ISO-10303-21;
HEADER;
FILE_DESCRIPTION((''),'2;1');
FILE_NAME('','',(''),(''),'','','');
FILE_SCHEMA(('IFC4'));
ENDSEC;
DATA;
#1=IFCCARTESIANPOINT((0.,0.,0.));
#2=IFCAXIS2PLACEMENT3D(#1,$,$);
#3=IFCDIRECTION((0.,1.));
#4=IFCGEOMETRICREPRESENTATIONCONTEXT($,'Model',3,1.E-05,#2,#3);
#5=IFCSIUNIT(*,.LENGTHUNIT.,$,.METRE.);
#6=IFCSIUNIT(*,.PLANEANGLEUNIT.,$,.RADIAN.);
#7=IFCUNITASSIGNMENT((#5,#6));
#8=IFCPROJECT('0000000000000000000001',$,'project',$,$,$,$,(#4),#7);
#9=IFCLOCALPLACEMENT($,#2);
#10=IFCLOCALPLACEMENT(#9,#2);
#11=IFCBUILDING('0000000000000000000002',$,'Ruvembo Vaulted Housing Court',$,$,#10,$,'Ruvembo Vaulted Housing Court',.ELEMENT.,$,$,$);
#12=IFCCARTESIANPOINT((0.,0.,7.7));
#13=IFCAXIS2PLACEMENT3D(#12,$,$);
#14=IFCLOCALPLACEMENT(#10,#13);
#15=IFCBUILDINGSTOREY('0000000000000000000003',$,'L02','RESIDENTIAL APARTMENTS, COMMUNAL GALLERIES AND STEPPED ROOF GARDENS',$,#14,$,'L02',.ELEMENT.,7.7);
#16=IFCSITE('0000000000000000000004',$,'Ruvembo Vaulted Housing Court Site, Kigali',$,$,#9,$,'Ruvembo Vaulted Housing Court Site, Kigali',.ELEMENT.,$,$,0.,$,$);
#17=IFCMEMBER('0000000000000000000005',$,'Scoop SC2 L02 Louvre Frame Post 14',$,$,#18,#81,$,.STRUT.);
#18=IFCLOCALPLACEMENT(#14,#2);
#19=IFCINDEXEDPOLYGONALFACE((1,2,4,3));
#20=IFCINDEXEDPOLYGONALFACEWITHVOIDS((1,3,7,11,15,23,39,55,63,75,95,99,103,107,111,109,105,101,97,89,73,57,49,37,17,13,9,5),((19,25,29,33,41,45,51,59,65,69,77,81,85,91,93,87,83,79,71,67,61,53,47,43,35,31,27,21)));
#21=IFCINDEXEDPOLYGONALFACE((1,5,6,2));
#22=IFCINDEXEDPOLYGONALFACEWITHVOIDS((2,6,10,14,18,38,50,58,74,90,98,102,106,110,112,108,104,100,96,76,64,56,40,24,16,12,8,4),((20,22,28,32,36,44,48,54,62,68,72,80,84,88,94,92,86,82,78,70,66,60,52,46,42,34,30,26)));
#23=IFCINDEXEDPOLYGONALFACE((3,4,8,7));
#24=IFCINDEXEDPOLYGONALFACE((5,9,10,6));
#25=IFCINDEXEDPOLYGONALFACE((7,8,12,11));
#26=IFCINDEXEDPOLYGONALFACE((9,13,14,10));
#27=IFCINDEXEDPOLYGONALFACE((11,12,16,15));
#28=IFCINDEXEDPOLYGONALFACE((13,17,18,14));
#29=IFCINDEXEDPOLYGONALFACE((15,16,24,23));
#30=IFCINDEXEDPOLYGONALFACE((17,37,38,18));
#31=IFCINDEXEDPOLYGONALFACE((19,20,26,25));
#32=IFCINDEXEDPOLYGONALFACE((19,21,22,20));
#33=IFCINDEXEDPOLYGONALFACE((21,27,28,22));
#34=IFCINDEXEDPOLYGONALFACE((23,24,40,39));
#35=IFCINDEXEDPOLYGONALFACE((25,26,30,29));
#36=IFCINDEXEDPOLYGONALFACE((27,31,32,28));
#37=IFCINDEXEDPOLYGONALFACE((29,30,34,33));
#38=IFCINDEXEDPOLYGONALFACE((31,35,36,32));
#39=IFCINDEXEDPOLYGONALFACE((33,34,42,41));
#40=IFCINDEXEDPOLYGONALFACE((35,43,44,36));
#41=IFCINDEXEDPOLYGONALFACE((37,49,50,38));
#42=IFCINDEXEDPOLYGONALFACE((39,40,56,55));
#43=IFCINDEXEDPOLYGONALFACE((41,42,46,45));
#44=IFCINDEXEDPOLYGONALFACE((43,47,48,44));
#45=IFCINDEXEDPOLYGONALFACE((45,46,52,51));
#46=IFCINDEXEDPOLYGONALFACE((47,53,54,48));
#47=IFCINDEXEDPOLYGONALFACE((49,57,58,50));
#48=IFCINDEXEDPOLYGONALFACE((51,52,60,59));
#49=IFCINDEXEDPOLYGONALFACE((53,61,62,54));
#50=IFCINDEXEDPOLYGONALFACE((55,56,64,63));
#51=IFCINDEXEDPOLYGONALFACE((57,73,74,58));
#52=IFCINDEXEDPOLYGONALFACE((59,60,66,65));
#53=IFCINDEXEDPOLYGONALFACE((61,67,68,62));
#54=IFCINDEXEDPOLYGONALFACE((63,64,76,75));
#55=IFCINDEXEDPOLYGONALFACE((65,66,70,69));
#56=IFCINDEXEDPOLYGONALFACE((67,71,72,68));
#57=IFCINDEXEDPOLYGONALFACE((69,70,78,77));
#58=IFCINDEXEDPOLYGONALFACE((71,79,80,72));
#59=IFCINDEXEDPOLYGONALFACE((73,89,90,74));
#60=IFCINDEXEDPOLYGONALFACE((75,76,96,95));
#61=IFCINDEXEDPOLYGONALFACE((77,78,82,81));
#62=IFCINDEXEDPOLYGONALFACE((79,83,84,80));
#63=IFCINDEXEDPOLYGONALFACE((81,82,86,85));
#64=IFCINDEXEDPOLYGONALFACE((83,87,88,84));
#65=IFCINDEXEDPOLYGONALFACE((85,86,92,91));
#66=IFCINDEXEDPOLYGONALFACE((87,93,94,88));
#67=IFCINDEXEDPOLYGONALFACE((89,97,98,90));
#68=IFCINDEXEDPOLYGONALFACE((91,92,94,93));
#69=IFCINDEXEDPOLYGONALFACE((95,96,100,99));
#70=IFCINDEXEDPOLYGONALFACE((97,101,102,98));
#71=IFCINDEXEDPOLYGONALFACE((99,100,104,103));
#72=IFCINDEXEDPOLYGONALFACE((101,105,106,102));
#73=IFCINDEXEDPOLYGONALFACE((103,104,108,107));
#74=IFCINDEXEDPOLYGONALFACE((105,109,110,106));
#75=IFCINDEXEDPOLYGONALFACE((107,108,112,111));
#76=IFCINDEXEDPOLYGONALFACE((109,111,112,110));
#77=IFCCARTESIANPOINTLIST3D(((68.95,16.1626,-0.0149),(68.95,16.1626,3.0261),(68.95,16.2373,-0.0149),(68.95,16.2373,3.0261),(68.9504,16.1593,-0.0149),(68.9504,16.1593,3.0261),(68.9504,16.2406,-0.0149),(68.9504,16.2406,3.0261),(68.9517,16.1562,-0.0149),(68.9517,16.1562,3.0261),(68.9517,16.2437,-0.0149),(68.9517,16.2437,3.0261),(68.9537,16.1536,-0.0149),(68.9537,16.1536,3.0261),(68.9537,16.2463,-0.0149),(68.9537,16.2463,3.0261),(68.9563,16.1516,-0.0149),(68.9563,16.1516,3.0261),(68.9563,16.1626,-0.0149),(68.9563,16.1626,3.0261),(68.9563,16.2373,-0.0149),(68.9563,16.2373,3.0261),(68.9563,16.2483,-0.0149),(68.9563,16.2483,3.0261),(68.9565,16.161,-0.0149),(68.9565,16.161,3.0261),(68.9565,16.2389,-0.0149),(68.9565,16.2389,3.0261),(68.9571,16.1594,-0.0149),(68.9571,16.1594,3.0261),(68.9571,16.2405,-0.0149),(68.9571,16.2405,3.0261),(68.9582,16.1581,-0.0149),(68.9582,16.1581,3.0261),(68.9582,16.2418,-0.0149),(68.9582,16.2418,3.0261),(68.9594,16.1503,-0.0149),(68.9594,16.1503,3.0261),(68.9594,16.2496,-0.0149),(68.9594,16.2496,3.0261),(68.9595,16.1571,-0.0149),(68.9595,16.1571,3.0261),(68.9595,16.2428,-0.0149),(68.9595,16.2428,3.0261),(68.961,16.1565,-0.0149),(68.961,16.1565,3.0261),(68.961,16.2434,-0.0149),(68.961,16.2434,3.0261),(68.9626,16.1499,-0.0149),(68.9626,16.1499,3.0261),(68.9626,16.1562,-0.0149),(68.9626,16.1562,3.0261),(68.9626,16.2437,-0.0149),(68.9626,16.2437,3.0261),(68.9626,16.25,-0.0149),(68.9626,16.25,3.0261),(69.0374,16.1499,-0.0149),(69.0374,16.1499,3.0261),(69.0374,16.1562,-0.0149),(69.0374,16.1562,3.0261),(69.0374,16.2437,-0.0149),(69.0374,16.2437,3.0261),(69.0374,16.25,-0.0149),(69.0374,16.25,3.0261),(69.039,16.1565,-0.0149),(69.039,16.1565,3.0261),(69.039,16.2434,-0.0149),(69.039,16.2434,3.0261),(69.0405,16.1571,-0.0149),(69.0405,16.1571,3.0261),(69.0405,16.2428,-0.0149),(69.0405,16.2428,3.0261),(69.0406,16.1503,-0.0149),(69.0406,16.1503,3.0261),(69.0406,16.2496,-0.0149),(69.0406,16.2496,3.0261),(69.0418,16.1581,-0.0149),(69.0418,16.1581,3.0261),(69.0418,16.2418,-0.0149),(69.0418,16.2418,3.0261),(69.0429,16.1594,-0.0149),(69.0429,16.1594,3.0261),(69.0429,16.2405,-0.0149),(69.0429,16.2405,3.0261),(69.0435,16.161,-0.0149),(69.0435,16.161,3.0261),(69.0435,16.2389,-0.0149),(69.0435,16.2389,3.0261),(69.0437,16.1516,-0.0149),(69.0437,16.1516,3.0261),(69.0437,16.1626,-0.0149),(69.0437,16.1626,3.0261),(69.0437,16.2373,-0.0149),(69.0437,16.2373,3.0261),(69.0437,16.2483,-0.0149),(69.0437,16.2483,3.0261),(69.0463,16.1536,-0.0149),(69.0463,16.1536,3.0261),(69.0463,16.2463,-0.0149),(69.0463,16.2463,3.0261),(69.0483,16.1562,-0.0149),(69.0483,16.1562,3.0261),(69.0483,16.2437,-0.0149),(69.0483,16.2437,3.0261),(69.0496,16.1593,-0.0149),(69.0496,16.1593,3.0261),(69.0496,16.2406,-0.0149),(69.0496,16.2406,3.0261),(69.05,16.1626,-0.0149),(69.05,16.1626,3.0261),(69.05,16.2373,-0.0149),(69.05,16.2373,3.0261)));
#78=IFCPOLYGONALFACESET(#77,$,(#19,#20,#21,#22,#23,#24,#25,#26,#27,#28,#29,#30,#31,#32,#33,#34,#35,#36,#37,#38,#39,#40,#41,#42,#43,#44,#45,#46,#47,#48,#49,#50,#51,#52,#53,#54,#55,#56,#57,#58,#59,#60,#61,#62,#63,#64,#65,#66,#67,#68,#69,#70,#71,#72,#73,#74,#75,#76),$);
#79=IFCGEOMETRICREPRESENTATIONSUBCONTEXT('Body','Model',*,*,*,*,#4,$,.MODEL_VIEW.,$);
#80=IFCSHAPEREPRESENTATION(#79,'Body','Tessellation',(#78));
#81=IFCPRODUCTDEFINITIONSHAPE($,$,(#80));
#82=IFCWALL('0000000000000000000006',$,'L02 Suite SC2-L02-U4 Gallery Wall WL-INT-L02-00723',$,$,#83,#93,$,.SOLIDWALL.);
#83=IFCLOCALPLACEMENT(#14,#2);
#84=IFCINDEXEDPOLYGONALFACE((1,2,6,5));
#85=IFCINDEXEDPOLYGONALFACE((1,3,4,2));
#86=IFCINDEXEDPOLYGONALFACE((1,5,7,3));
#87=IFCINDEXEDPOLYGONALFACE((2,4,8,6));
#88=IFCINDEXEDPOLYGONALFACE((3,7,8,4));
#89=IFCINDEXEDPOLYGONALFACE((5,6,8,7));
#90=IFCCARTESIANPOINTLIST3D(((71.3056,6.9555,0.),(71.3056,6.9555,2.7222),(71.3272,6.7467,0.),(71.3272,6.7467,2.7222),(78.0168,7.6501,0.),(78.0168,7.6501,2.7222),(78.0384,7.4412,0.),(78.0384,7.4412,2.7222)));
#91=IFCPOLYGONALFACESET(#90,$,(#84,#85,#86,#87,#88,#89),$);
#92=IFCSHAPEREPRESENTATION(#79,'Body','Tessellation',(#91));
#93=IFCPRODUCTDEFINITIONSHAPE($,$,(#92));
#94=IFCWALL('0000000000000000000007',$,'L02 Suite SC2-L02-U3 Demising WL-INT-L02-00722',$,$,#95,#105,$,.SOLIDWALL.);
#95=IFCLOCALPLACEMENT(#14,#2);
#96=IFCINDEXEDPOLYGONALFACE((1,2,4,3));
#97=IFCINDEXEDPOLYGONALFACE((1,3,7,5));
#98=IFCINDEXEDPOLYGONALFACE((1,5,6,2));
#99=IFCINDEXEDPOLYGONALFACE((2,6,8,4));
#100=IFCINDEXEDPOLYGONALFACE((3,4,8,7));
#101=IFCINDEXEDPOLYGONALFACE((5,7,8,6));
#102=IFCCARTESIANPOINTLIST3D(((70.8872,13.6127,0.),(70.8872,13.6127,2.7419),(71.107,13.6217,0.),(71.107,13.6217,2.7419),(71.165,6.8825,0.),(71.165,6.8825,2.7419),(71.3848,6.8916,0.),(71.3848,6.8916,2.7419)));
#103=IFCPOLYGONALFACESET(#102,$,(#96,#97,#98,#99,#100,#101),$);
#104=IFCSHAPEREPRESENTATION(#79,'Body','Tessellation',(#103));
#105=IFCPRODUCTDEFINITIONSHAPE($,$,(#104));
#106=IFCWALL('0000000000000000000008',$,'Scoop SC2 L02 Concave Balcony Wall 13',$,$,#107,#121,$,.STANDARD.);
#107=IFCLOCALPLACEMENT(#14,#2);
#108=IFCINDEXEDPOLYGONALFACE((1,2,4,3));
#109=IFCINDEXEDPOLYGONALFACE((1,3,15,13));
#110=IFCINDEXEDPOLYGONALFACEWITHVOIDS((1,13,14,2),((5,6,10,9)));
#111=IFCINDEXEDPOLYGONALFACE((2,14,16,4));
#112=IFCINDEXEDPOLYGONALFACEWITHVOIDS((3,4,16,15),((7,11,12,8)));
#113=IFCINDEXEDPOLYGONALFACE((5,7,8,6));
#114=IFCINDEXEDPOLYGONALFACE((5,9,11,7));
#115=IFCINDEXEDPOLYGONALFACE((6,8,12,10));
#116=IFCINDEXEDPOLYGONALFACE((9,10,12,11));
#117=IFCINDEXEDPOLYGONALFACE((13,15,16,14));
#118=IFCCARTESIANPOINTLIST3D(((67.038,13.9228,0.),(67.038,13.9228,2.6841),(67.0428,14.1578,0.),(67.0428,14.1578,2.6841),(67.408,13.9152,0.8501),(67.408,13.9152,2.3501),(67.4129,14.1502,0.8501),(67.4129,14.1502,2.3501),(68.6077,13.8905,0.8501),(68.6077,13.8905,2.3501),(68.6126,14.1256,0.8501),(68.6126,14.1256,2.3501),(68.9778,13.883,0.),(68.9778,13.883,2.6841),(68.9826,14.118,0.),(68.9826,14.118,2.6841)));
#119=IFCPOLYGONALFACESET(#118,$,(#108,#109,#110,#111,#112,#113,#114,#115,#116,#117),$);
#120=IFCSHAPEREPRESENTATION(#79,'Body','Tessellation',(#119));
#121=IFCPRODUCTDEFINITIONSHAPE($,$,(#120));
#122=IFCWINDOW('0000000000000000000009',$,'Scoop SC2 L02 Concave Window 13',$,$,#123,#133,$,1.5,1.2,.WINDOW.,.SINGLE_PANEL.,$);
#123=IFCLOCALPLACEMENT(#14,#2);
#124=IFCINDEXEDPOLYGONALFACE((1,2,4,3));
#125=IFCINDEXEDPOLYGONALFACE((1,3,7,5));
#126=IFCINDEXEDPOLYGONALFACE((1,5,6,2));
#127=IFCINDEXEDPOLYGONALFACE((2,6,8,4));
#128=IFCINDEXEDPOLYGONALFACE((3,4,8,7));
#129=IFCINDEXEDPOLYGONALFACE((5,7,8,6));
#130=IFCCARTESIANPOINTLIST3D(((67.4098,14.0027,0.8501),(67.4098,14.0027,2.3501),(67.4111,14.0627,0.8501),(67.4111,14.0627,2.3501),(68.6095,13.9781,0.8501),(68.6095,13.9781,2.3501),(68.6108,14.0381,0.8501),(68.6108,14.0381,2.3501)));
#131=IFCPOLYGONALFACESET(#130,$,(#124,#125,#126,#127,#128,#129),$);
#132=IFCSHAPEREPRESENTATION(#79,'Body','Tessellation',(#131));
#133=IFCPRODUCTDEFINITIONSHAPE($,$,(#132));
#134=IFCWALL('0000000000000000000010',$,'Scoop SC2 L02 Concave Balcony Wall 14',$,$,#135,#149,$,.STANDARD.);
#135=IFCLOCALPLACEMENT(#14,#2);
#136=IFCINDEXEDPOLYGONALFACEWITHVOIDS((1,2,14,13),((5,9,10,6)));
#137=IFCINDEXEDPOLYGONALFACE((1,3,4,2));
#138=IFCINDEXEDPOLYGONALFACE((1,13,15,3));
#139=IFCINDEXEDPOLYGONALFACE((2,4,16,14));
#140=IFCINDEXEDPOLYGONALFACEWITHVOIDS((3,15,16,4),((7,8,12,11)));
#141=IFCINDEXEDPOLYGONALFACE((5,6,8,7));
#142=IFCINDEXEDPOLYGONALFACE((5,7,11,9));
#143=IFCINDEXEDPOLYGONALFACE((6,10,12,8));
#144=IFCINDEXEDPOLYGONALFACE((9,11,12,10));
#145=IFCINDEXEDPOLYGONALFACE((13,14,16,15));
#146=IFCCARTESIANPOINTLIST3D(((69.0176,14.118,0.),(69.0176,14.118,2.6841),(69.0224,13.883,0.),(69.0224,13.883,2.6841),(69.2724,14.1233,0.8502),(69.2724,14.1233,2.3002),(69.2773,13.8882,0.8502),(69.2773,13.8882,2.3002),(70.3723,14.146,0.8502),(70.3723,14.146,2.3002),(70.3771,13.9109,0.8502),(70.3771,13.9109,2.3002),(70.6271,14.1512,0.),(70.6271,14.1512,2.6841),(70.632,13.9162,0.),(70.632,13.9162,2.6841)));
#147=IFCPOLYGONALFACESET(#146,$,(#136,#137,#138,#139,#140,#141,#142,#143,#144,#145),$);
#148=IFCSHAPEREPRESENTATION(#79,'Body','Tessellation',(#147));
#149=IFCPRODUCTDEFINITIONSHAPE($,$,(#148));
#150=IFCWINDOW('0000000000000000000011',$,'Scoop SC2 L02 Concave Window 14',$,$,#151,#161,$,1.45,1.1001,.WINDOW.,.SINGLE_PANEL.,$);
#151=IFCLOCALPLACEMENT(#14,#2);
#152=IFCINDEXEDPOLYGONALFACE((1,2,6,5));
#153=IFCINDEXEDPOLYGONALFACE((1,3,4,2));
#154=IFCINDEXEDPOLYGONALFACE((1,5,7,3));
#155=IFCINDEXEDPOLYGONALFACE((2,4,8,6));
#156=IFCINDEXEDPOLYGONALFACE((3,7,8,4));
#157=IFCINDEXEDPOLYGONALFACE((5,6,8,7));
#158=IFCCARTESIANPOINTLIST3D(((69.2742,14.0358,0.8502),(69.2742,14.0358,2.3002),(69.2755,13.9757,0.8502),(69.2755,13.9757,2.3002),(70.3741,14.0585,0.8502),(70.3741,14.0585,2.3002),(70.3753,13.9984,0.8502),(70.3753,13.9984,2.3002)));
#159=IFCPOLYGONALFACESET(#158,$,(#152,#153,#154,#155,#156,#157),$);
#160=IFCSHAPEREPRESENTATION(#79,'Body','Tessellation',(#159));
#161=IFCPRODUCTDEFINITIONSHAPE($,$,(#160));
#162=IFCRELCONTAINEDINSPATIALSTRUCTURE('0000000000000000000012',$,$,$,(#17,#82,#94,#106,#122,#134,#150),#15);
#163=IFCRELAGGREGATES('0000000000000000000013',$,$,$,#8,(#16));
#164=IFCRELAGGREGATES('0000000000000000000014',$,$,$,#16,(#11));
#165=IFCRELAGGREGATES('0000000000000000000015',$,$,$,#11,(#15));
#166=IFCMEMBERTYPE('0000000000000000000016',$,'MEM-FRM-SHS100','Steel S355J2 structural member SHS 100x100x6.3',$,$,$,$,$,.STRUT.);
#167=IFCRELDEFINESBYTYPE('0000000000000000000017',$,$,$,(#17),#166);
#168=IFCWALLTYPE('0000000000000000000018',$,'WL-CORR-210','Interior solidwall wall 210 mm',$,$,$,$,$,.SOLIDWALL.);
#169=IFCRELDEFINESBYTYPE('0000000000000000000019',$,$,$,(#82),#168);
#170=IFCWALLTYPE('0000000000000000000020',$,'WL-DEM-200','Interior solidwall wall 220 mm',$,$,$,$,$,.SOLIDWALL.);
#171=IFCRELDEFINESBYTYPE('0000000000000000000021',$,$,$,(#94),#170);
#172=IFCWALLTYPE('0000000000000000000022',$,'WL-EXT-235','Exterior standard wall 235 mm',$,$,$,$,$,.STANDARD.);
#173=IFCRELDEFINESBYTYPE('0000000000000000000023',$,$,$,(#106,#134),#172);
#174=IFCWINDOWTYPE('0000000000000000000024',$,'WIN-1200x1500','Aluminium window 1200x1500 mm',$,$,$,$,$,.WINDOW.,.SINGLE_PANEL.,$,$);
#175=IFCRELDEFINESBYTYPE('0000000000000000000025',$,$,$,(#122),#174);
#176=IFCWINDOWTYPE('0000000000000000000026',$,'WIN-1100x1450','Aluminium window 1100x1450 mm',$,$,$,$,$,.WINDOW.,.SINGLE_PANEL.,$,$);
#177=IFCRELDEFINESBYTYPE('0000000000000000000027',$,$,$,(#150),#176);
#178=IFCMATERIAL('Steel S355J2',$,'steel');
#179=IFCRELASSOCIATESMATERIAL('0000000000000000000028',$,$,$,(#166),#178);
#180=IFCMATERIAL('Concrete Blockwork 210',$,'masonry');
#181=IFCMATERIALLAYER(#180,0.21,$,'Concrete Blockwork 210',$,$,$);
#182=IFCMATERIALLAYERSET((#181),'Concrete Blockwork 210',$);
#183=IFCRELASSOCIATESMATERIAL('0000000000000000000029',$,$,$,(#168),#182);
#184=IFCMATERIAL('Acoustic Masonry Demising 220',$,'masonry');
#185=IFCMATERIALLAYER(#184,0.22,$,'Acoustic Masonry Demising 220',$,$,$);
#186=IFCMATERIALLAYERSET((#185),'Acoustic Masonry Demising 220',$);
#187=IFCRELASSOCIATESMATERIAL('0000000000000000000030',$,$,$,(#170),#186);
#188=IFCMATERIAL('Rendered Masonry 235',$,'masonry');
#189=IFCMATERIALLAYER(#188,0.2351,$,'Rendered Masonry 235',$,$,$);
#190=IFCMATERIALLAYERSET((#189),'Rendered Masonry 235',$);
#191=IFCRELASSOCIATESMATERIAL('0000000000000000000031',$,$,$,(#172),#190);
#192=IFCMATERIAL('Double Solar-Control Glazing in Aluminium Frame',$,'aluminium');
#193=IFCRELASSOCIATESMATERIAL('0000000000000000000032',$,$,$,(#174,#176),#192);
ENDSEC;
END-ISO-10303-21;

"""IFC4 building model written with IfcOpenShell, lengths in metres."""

from ifc_helpers import new_model, si_unit, direction, frame, frame_2d, origin, origin_2d, place, context, subcontext, project, spatial, rectangle, hollow_rectangle, extrude, material, layer, layer_set, material_profile, profile_set, type_object, element, fill, save


model = new_model("IFC4")

# Units and contexts
model_context = context("Model", 3, precision=1e-05, world=origin(), true_north=direction((0.0, 1.0)))
body_context = subcontext(model_context, "Body", "Model", "MODEL_VIEW")
ifc_project = project(units=[si_unit("LENGTHUNIT", "METRE"), si_unit("PLANEANGLEUNIT", "RADIAN")], contexts=[model_context])

# Site, building, storey
site_placement = place(None, origin())
site = spatial("IfcSite", under=ifc_project, at=site_placement, Name="Ruvembo Vaulted Housing Court Site, Kigali", LongName="Ruvembo Vaulted Housing Court Site, Kigali", CompositionType="ELEMENT", RefElevation=0.0)
building_placement = place(site_placement, origin())
building = spatial("IfcBuilding", under=site, at=building_placement, Name="Ruvembo Vaulted Housing Court", LongName="Ruvembo Vaulted Housing Court", CompositionType="ELEMENT")
storey_placement = place(building_placement, frame((0.0, 0.0, 7.7)))
storey = spatial("IfcBuildingStorey", under=building, at=storey_placement, Name="L02", Description="RESIDENTIAL APARTMENTS, COMMUNAL GALLERIES AND STEPPED ROOF GARDENS", LongName="L02", CompositionType="ELEMENT", Elevation=7.7)

# Shared definitions
ifc_material_1 = material(Name="Steel S355J2", Category="steel")

# Member
ifc_material_profile_1 = material_profile(ifc_material_1, hollow_rectangle(XDim=0.1001, YDim=0.1001, WallThickness=0.0063, InnerFilletRadius=0.0063, OuterFilletRadius=0.0127, at=origin_2d()), Name="SHS 100x100x6.3")
ifc_profile_set_1 = profile_set([ifc_material_profile_1], Name="Steel S355J2")
member_type_1 = type_object("IfcMemberType", Name="MEM-FRM-SHS100", Description="Steel S355J2 structural member SHS 100x100x6.3", PredefinedType="STRUT", material=ifc_profile_set_1)
member_1_placement = place(storey_placement, frame((69.0, 16.2, -0.0149), z_axis=(0.0, 0.0, 1.0), x_axis=(1.0, 0.0, 0.0)))
element("IfcMember", 1, at=member_1_placement, inside=storey, type_object=member_type_1, Name="Scoop SC2 L02 Louvre Frame Post 14", PredefinedType="STRUT", context=body_context, shape_type="SweptSolid", body=[
    extrude(hollow_rectangle(XDim=0.1001, YDim=0.1001, WallThickness=0.0063, InnerFilletRadius=0.0063, OuterFilletRadius=0.0127, at=origin_2d()), origin(), (0.0, 0.0, 1.0), 3.041),
])

# Shared definitions
ifc_material_2 = material(Name="Concrete Blockwork 210", Category="masonry")
ifc_layer_1 = layer(ifc_material_2, 0.21, Name="Concrete Blockwork 210")
ifc_layer_set_1 = layer_set([ifc_layer_1], Name="Concrete Blockwork 210")
wall_type_1 = type_object("IfcWallType", Name="WL-CORR-210", Description="Interior solidwall wall 210 mm", PredefinedType="SOLIDWALL", material=ifc_layer_set_1)

# Walls
wall_1_placement = place(storey_placement, frame((71.3164, 6.8511, 0.0), z_axis=(0.0, 0.0, 1.0), x_axis=(0.994687, 0.102946, 0.0)))
element("IfcWall", 2, at=wall_1_placement, inside=storey, type_object=wall_type_1, Name="L02 Suite SC2-L02-U4 Gallery Wall WL-INT-L02-00723", PredefinedType="SOLIDWALL", context=body_context, shape_type="SweptSolid", body=[
    extrude(rectangle(XDim=6.7471, YDim=0.21, at=frame_2d((3.3735, 0.0))), origin(), (0.0, 0.0, 1.0), 2.7222),
])
ifc_material_3 = material(Name="Acoustic Masonry Demising 220", Category="masonry")
ifc_layer_2 = layer(ifc_material_3, 0.22, Name="Acoustic Masonry Demising 220")
ifc_layer_set_2 = layer_set([ifc_layer_2], Name="Acoustic Masonry Demising 220")
wall_type_2 = type_object("IfcWallType", Name="WL-DEM-200", Description="Interior solidwall wall 220 mm", PredefinedType="SOLIDWALL", material=ifc_layer_set_2)
wall_2_placement = place(storey_placement, frame((70.9971, 13.6172, 0.0), z_axis=(0.0, 0.0, 1.0), x_axis=(0.041246, -0.999149, 0.0)))
element("IfcWall", 3, at=wall_2_placement, inside=storey, type_object=wall_type_2, Name="L02 Suite SC2-L02-U3 Demising WL-INT-L02-00722", PredefinedType="SOLIDWALL", context=body_context, shape_type="SweptSolid", body=[
    extrude(rectangle(XDim=6.7358, YDim=0.22, at=frame_2d((3.3679, 0.0))), origin(), (0.0, 0.0, 1.0), 2.7419),
])

# Walls, openings, windows
ifc_material_4 = material(Name="Rendered Masonry 235", Category="masonry")
ifc_layer_3 = layer(ifc_material_4, 0.2351, Name="Rendered Masonry 235")
ifc_layer_set_3 = layer_set([ifc_layer_3], Name="Rendered Masonry 235")
wall_type_3 = type_object("IfcWallType", Name="WL-EXT-235", Description="Exterior standard wall 235 mm", PredefinedType="STANDARD", material=ifc_layer_set_3)
wall_3_placement = place(storey_placement, frame((67.0403, 14.0403, 0.0), z_axis=(0.0, 0.0, 1.0), x_axis=(0.99979, -0.020512, 0.0)))
wall_3 = element("IfcWall", 4, at=wall_3_placement, inside=storey, type_object=wall_type_3, Name="Scoop SC2 L02 Concave Balcony Wall 13", PredefinedType="STANDARD", context=body_context, shape_type="SweptSolid", body=[
    extrude(rectangle(XDim=1.9402, YDim=0.2351, at=frame_2d((0.9702, 0.0))), origin(), (0.0, 0.0, 1.0), 2.6841),
])
opening_1_placement = place(wall_3_placement, frame((0.3701, 0.0, 0.8501)))
opening_1 = element("IfcOpeningElement", 5, at=opening_1_placement, cuts=wall_3, PredefinedType="OPENING", context=body_context, shape_type="SweptSolid", body=[
    extrude(rectangle(XDim=1.2, YDim=1.5, at=frame_2d((0.6001, 0.75))), frame((0.0, 0.1274, 0.0), z_axis=(0.0, -1.0, 0.0), x_axis=(1.0, 0.0, 0.0)), (0.0, 0.0, 1.0), 0.2551),
])
ifc_material_5 = material(Name="Double Solar-Control Glazing in Aluminium Frame", Category="aluminium")
window_type_1 = type_object("IfcWindowType", Name="WIN-1200x1500", Description="Aluminium window 1200x1500 mm", PartitioningType="SINGLE_PANEL", PredefinedType="WINDOW", material=ifc_material_5)
window_1_placement = place(opening_1_placement, origin())
window_1 = element("IfcWindow", 6, at=window_1_placement, inside=storey, type_object=window_type_1, Name="Scoop SC2 L02 Concave Window 13", OverallHeight=1.5, OverallWidth=1.2, PartitioningType="SINGLE_PANEL", PredefinedType="WINDOW", context=body_context, shape_type="SweptSolid", body=[
    extrude(rectangle(XDim=1.2, YDim=1.5, at=frame_2d((0.6001, 0.75))), frame((0.0, 0.03, 0.0), z_axis=(0.0, -1.0, 0.0), x_axis=(1.0, 0.0, 0.0)), (0.0, 0.0, 1.0), 0.0601),
])
fill(opening_1, window_1)
wall_4_placement = place(storey_placement, frame((69.02, 14.0005, 0.0), z_axis=(0.0, 0.0, 1.0), x_axis=(0.999787, 0.020624, 0.0)))
wall_4 = element("IfcWall", 7, at=wall_4_placement, inside=storey, type_object=wall_type_3, Name="Scoop SC2 L02 Concave Balcony Wall 14", PredefinedType="STANDARD", context=body_context, shape_type="SweptSolid", body=[
    extrude(rectangle(XDim=1.6099, YDim=0.2351, at=frame_2d((0.8049, 0.0))), origin(), (0.0, 0.0, 1.0), 2.6841),
])
opening_2_placement = place(wall_4_placement, frame((0.2549, 0.0, 0.8501)))
opening_2 = element("IfcOpeningElement", 8, at=opening_2_placement, cuts=wall_4, PredefinedType="OPENING", context=body_context, shape_type="SweptSolid", body=[
    extrude(rectangle(XDim=1.1001, YDim=1.45, at=frame_2d((0.55, 0.7251))), frame((0.0, 0.1274, 0.0), z_axis=(0.0, -1.0, 0.0), x_axis=(1.0, 0.0, 0.0)), (0.0, 0.0, 1.0), 0.2551),
])
window_type_2 = type_object("IfcWindowType", Name="WIN-1100x1450", Description="Aluminium window 1100x1450 mm", PartitioningType="SINGLE_PANEL", PredefinedType="WINDOW", material=ifc_material_5)
window_2_placement = place(opening_2_placement, origin())
window_2 = element("IfcWindow", 9, at=window_2_placement, inside=storey, type_object=window_type_2, Name="Scoop SC2 L02 Concave Window 14", OverallHeight=1.45, OverallWidth=1.1001, PartitioningType="SINGLE_PANEL", PredefinedType="WINDOW", context=body_context, shape_type="SweptSolid", body=[
    extrude(rectangle(XDim=1.1001, YDim=1.45, at=frame_2d((0.55, 0.7251))), frame((0.0, 0.03, 0.0), z_axis=(0.0, -1.0, 0.0), x_axis=(1.0, 0.0, 0.0)), (0.0, 0.0, 1.0), 0.0601),
])
fill(opening_2, window_2)

save(model, "model.ifc")
